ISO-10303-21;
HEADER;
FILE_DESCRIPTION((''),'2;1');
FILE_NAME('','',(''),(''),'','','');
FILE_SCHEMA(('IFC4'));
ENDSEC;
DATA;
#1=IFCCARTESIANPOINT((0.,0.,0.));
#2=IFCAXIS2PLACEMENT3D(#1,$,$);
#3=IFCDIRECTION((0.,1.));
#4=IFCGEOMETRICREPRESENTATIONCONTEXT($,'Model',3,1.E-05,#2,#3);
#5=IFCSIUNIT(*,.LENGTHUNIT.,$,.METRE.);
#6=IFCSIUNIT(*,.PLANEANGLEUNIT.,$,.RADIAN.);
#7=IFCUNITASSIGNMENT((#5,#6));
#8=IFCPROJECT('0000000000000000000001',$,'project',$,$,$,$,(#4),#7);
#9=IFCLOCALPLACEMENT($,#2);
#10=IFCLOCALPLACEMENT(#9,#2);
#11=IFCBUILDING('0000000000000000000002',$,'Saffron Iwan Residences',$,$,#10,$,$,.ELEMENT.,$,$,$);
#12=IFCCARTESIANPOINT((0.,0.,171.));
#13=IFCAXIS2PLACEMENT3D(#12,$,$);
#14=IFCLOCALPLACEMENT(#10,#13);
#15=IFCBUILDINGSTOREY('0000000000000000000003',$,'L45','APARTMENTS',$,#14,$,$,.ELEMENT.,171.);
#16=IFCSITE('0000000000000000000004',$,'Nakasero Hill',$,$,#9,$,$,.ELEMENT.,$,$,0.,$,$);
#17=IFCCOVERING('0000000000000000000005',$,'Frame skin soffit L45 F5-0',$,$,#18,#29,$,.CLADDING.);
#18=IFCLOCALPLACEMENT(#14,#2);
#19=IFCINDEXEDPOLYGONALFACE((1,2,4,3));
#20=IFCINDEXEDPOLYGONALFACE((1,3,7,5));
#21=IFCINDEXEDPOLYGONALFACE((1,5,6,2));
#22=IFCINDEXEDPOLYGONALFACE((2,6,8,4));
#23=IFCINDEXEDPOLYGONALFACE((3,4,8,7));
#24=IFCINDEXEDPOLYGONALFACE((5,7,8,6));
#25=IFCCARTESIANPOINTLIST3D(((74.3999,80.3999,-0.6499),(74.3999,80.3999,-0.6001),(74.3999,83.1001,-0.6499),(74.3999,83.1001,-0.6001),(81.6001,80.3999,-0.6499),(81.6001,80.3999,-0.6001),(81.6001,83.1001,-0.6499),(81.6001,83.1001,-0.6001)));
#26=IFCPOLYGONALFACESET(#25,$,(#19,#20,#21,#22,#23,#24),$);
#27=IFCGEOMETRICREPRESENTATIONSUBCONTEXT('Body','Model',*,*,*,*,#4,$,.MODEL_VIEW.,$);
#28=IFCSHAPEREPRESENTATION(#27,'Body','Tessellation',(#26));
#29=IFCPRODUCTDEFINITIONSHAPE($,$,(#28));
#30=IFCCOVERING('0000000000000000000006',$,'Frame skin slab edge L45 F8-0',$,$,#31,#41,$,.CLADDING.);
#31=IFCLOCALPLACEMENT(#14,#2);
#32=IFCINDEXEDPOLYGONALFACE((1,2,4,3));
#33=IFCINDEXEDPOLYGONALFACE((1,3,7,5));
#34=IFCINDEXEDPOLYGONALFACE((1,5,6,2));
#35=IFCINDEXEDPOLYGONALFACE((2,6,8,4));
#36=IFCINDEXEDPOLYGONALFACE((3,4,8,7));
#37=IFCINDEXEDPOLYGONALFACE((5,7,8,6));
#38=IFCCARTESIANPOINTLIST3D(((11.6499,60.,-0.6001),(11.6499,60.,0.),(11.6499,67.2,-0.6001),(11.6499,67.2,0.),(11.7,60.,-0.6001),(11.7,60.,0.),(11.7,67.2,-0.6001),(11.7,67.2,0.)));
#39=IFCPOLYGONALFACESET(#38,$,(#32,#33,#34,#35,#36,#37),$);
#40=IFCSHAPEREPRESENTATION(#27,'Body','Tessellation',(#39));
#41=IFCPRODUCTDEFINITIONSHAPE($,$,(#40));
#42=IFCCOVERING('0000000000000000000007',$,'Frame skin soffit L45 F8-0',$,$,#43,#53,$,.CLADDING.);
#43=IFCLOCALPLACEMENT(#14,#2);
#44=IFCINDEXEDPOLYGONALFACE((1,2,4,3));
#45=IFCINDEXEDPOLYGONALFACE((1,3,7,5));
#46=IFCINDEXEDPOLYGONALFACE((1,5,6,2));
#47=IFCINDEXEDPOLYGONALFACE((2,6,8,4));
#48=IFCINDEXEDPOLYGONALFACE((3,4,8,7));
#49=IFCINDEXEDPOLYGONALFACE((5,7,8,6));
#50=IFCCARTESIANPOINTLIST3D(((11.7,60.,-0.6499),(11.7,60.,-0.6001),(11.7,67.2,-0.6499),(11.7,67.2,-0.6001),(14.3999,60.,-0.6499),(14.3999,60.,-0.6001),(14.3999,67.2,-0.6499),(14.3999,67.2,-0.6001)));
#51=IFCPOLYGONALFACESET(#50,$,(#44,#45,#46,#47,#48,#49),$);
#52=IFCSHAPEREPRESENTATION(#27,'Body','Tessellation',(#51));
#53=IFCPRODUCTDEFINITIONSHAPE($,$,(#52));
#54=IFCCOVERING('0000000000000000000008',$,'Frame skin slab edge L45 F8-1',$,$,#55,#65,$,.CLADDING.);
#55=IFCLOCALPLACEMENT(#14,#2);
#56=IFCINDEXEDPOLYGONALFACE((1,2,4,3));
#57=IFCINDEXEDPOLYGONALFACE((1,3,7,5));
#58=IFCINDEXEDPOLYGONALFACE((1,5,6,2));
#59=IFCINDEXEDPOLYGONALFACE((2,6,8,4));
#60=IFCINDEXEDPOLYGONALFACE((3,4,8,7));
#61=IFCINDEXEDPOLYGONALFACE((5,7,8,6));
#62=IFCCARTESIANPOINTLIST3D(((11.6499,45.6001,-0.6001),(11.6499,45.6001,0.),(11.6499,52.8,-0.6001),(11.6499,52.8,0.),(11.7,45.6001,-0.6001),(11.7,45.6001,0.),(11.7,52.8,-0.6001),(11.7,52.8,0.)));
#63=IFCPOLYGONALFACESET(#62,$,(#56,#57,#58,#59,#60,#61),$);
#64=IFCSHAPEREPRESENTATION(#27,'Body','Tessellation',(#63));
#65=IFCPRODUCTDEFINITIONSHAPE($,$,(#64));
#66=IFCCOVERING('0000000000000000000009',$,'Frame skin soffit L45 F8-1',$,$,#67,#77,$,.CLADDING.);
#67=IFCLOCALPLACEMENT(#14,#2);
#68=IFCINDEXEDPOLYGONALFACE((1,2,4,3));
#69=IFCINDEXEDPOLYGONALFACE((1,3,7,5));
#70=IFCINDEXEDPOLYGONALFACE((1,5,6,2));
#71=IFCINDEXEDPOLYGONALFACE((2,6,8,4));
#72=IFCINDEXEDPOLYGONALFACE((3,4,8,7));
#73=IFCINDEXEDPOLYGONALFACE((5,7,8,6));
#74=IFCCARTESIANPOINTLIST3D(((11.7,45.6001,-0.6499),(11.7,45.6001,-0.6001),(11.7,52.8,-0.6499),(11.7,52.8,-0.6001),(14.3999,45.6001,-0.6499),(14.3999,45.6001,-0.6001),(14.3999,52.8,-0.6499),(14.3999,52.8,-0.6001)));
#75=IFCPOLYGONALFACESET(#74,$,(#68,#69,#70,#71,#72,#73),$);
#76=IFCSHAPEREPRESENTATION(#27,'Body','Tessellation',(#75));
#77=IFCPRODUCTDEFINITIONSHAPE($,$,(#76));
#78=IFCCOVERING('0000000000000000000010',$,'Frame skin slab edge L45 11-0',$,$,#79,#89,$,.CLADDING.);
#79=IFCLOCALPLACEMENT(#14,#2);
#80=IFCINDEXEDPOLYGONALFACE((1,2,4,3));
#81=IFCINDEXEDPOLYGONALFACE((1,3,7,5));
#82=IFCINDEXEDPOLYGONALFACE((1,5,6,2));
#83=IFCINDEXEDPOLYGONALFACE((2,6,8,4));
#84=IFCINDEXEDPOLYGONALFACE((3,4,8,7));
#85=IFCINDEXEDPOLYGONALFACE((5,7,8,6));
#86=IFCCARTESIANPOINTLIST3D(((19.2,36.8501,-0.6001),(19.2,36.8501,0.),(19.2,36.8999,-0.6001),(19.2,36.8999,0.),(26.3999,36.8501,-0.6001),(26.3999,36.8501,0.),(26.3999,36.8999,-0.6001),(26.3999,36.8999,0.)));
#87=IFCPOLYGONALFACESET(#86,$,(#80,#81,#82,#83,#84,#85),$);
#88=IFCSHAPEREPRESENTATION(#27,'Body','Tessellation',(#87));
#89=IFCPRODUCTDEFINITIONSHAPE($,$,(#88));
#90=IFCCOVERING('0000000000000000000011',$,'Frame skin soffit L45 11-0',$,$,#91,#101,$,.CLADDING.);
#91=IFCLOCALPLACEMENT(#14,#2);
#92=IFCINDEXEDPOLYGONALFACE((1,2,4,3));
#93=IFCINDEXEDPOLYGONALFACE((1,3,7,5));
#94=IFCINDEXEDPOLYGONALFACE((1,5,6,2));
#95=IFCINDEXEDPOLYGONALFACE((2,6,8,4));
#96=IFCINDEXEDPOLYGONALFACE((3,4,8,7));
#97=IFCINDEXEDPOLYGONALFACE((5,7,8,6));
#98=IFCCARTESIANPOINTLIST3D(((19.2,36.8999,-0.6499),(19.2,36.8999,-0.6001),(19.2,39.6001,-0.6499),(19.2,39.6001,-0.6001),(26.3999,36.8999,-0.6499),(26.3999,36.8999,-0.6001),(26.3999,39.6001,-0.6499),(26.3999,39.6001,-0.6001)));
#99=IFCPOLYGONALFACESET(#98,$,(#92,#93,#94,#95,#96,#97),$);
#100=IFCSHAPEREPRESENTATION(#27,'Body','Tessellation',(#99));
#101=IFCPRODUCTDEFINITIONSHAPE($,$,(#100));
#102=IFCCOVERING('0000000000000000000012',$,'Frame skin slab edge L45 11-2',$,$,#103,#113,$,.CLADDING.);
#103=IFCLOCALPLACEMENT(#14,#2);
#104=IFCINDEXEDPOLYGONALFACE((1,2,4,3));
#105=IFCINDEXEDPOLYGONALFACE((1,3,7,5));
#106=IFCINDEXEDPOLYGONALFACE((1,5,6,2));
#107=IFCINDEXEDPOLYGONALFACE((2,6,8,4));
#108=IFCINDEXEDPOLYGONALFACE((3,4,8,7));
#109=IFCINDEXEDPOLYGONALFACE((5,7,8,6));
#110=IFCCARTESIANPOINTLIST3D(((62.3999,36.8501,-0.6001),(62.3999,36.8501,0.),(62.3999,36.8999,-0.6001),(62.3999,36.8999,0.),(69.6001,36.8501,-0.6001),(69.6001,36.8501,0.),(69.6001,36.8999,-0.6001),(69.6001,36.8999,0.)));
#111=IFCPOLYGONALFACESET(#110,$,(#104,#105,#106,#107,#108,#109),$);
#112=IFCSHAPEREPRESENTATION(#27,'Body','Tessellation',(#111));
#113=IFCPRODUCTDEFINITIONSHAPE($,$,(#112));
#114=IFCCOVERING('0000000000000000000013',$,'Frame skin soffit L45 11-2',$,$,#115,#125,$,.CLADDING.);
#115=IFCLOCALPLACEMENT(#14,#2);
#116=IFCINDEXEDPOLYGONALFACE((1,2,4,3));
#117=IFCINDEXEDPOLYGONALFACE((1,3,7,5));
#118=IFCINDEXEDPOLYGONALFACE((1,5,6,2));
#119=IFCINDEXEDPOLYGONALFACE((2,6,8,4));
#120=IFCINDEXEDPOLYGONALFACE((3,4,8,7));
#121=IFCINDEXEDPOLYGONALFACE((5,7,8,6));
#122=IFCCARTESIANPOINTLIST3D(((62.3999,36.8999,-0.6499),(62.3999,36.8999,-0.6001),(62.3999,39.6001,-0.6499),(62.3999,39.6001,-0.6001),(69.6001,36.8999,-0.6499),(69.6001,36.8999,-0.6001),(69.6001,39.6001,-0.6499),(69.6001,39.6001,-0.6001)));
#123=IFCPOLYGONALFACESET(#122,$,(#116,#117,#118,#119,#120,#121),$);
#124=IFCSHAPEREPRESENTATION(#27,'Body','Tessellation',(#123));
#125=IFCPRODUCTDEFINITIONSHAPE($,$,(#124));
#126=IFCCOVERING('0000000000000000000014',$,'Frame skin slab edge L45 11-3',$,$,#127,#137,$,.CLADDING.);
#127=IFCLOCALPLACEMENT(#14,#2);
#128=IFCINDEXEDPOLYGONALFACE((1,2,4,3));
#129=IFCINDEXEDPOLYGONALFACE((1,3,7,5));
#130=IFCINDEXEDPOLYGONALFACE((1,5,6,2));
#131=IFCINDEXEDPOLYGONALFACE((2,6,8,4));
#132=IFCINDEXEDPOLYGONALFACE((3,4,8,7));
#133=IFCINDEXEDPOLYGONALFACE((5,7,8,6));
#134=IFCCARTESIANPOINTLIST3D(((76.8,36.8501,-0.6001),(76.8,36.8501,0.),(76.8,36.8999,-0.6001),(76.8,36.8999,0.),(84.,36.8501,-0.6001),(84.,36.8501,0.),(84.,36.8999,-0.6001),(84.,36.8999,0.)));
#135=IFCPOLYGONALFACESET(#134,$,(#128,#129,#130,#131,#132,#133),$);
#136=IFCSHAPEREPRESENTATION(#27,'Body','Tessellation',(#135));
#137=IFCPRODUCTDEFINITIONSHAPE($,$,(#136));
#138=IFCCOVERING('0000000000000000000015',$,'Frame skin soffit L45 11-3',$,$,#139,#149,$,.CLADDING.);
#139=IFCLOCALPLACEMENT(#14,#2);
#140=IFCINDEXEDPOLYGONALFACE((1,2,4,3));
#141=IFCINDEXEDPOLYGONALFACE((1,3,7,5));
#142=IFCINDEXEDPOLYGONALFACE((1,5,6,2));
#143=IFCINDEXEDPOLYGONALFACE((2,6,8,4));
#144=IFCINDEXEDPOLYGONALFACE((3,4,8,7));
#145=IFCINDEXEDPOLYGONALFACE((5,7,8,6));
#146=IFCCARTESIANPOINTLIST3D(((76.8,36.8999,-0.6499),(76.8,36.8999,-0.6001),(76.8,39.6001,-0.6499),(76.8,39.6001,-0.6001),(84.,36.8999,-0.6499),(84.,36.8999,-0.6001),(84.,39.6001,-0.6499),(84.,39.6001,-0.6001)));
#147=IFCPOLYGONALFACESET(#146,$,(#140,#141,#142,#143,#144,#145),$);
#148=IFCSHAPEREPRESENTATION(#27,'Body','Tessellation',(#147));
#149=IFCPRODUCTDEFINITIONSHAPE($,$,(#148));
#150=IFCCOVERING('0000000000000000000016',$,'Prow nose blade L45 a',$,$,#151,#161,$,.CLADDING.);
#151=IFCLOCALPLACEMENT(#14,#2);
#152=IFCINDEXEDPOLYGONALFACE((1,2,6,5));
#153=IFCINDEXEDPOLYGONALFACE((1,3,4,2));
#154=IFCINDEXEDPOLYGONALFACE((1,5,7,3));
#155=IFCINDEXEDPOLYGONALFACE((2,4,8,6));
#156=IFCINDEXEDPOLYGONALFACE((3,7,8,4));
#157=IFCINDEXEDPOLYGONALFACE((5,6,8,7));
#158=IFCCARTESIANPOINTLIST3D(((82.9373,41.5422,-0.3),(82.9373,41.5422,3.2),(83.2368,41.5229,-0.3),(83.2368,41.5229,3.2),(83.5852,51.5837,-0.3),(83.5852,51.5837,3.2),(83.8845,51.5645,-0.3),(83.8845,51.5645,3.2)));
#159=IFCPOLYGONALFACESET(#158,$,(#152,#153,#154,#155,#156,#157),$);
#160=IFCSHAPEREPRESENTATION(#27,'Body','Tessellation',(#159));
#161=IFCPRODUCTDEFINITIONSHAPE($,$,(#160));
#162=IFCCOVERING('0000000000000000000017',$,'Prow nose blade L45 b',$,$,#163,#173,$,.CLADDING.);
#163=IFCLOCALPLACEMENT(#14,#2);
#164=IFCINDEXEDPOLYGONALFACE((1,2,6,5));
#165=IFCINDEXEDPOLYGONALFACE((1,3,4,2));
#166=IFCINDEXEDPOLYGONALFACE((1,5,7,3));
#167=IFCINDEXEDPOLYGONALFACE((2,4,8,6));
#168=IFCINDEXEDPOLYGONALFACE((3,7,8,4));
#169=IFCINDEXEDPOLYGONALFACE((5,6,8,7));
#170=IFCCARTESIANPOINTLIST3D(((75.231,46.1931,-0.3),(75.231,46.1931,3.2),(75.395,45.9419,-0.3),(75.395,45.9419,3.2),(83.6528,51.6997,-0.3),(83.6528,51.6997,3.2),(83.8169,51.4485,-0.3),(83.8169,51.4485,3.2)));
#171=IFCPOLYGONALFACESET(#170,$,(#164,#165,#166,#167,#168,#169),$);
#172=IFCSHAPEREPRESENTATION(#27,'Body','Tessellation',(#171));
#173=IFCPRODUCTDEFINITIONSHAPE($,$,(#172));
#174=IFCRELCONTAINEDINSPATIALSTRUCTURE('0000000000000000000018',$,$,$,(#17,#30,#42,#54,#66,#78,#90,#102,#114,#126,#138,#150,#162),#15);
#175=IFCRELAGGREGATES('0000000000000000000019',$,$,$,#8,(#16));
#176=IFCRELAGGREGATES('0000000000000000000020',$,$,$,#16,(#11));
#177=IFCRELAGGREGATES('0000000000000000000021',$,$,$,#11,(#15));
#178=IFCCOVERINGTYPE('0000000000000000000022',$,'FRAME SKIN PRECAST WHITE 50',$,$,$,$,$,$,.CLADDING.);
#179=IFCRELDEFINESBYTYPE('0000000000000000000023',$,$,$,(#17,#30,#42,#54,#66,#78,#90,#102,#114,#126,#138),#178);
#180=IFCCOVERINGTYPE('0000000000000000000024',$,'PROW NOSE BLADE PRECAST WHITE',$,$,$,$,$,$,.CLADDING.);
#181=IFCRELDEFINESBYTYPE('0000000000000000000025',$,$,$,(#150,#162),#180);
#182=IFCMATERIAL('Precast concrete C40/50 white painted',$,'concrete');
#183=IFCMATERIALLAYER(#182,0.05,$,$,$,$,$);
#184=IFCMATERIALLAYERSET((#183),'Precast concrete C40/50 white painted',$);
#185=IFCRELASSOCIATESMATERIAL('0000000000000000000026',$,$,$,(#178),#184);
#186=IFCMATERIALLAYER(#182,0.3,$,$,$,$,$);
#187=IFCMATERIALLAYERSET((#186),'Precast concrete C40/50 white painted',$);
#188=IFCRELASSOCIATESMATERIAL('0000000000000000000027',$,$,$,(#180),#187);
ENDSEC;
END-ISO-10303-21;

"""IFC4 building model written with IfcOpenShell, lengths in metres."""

from ifc_helpers import new_model, si_unit, direction, frame, origin, place, context, subcontext, project, spatial, polyline, outline, extrude, material, layer, layer_set, type_object, element, save


model = new_model("IFC4")

# Units and contexts
model_context = context("Model", 3, precision=1e-05, world=origin(), true_north=direction((0.0, 1.0)))
body_context = subcontext(model_context, "Body", "Model", "MODEL_VIEW")
ifc_project = project(units=[si_unit("LENGTHUNIT", "METRE"), si_unit("PLANEANGLEUNIT", "RADIAN")], contexts=[model_context])

# Site, building, storey
site_placement = place(None, origin())
site = spatial("IfcSite", under=ifc_project, at=site_placement, Name="Nakasero Hill", CompositionType="ELEMENT", RefElevation=0.0)
building_placement = place(site_placement, origin())
building = spatial("IfcBuilding", under=site, at=building_placement, Name="Saffron Iwan Residences", CompositionType="ELEMENT")
storey_placement = place(building_placement, frame((0.0, 0.0, 171.0)))
storey = spatial("IfcBuildingStorey", under=building, at=storey_placement, Name="L45", Description="APARTMENTS", CompositionType="ELEMENT", Elevation=171.0)

# Coverings
ifc_material_1 = material(Name="Precast concrete C40/50 white painted", Category="concrete")
ifc_layer_1 = layer(ifc_material_1, 0.05)
ifc_layer_set_1 = layer_set([ifc_layer_1], Name="Precast concrete C40/50 white painted")
covering_type_1 = type_object("IfcCoveringType", Name="FRAME SKIN PRECAST WHITE 50", PredefinedType="CLADDING", material=ifc_layer_set_1)
covering_1_placement = place(storey_placement, frame((0.0, 0.0, -0.6499)))
element("IfcCovering", 1, at=covering_1_placement, inside=storey, type_object=covering_type_1, Name="Frame skin soffit L45 F5-0", PredefinedType="CLADDING", context=body_context, shape_type="SweptSolid", body=[
    extrude(outline(polyline([(81.6001, 83.1001), (74.3999, 83.1001), (74.3999, 80.3999), (81.6001, 80.3999), (81.6001, 83.1001)])), origin(), (0.0, 0.0, 1.0), 0.0498),
])
covering_2_placement = place(storey_placement, frame((0.0, 0.0, -0.6001)))
element("IfcCovering", 2, at=covering_2_placement, inside=storey, type_object=covering_type_1, Name="Frame skin slab edge L45 F8-0", PredefinedType="CLADDING", context=body_context, shape_type="SweptSolid", body=[
    extrude(outline(polyline([(11.6499, 67.2), (11.6499, 60.0), (11.7, 60.0), (11.7, 67.2), (11.6499, 67.2)])), origin(), (0.0, 0.0, 1.0), 0.6001),
])
covering_3_placement = place(storey_placement, frame((0.0, 0.0, -0.6499)))
element("IfcCovering", 3, at=covering_3_placement, inside=storey, type_object=covering_type_1, Name="Frame skin soffit L45 F8-0", PredefinedType="CLADDING", context=body_context, shape_type="SweptSolid", body=[
    extrude(outline(polyline([(11.7, 67.2), (11.7, 60.0), (14.3999, 60.0), (14.3999, 67.2), (11.7, 67.2)])), origin(), (0.0, 0.0, 1.0), 0.0498),
])
covering_4_placement = place(storey_placement, frame((0.0, 0.0, -0.6001)))
element("IfcCovering", 4, at=covering_4_placement, inside=storey, type_object=covering_type_1, Name="Frame skin slab edge L45 F8-1", PredefinedType="CLADDING", context=body_context, shape_type="SweptSolid", body=[
    extrude(outline(polyline([(11.6499, 52.8), (11.6499, 45.6001), (11.7, 45.6001), (11.7, 52.8), (11.6499, 52.8)])), origin(), (0.0, 0.0, 1.0), 0.6001),
])
covering_5_placement = place(storey_placement, frame((0.0, 0.0, -0.6499)))
element("IfcCovering", 5, at=covering_5_placement, inside=storey, type_object=covering_type_1, Name="Frame skin soffit L45 F8-1", PredefinedType="CLADDING", context=body_context, shape_type="SweptSolid", body=[
    extrude(outline(polyline([(11.7, 52.8), (11.7, 45.6001), (14.3999, 45.6001), (14.3999, 52.8), (11.7, 52.8)])), origin(), (0.0, 0.0, 1.0), 0.0498),
])
covering_6_placement = place(storey_placement, frame((0.0, 0.0, -0.6001)))
element("IfcCovering", 6, at=covering_6_placement, inside=storey, type_object=covering_type_1, Name="Frame skin slab edge L45 11-0", PredefinedType="CLADDING", context=body_context, shape_type="SweptSolid", body=[
    extrude(outline(polyline([(19.2, 36.8501), (26.3999, 36.8501), (26.3999, 36.8999), (19.2, 36.8999), (19.2, 36.8501)])), origin(), (0.0, 0.0, 1.0), 0.6001),
])
covering_7_placement = place(storey_placement, frame((0.0, 0.0, -0.6499)))
element("IfcCovering", 7, at=covering_7_placement, inside=storey, type_object=covering_type_1, Name="Frame skin soffit L45 11-0", PredefinedType="CLADDING", context=body_context, shape_type="SweptSolid", body=[
    extrude(outline(polyline([(19.2, 36.8999), (26.3999, 36.8999), (26.3999, 39.6001), (19.2, 39.6001), (19.2, 36.8999)])), origin(), (0.0, 0.0, 1.0), 0.0498),
])
covering_8_placement = place(storey_placement, frame((0.0, 0.0, -0.6001)))
element("IfcCovering", 8, at=covering_8_placement, inside=storey, type_object=covering_type_1, Name="Frame skin slab edge L45 11-2", PredefinedType="CLADDING", context=body_context, shape_type="SweptSolid", body=[
    extrude(outline(polyline([(62.3999, 36.8501), (69.6001, 36.8501), (69.6001, 36.8999), (62.3999, 36.8999), (62.3999, 36.8501)])), origin(), (0.0, 0.0, 1.0), 0.6001),
])
covering_9_placement = place(storey_placement, frame((0.0, 0.0, -0.6499)))
element("IfcCovering", 9, at=covering_9_placement, inside=storey, type_object=covering_type_1, Name="Frame skin soffit L45 11-2", PredefinedType="CLADDING", context=body_context, shape_type="SweptSolid", body=[
    extrude(outline(polyline([(62.3999, 36.8999), (69.6001, 36.8999), (69.6001, 39.6001), (62.3999, 39.6001), (62.3999, 36.8999)])), origin(), (0.0, 0.0, 1.0), 0.0498),
])
covering_10_placement = place(storey_placement, frame((0.0, 0.0, -0.6001)))
element("IfcCovering", 10, at=covering_10_placement, inside=storey, type_object=covering_type_1, Name="Frame skin slab edge L45 11-3", PredefinedType="CLADDING", context=body_context, shape_type="SweptSolid", body=[
    extrude(outline(polyline([(76.8, 36.8501), (84.0, 36.8501), (84.0, 36.8999), (76.8, 36.8999), (76.8, 36.8501)])), origin(), (0.0, 0.0, 1.0), 0.6001),
])
covering_11_placement = place(storey_placement, frame((0.0, 0.0, -0.6499)))
element("IfcCovering", 11, at=covering_11_placement, inside=storey, type_object=covering_type_1, Name="Frame skin soffit L45 11-3", PredefinedType="CLADDING", context=body_context, shape_type="SweptSolid", body=[
    extrude(outline(polyline([(76.8, 36.8999), (84.0, 36.8999), (84.0, 39.6001), (76.8, 39.6001), (76.8, 36.8999)])), origin(), (0.0, 0.0, 1.0), 0.0498),
])
ifc_layer_2 = layer(ifc_material_1, 0.3)
ifc_layer_set_2 = layer_set([ifc_layer_2], Name="Precast concrete C40/50 white painted")
covering_type_2 = type_object("IfcCoveringType", Name="PROW NOSE BLADE PRECAST WHITE", PredefinedType="CLADDING", material=ifc_layer_set_2)
covering_12_placement = place(storey_placement, frame((0.0, 0.0, -0.3)))
element("IfcCovering", 12, at=covering_12_placement, inside=storey, type_object=covering_type_2, Name="Prow nose blade L45 a", PredefinedType="CLADDING", context=body_context, shape_type="SweptSolid", body=[
    extrude(outline(polyline([(83.2368, 41.5229), (83.8845, 51.5645), (83.5852, 51.5837), (82.9373, 41.5422), (83.2368, 41.5229)])), origin(), (0.0, 0.0, 1.0), 3.5),
])
covering_13_placement = place(storey_placement, frame((0.0, 0.0, -0.3)))
element("IfcCovering", 13, at=covering_13_placement, inside=storey, type_object=covering_type_2, Name="Prow nose blade L45 b", PredefinedType="CLADDING", context=body_context, shape_type="SweptSolid", body=[
    extrude(outline(polyline([(75.395, 45.9419), (83.8169, 51.4485), (83.6528, 51.6997), (75.231, 46.1931), (75.395, 45.9419)])), origin(), (0.0, 0.0, 1.0), 3.5),
])

save(model, "model.ifc")
